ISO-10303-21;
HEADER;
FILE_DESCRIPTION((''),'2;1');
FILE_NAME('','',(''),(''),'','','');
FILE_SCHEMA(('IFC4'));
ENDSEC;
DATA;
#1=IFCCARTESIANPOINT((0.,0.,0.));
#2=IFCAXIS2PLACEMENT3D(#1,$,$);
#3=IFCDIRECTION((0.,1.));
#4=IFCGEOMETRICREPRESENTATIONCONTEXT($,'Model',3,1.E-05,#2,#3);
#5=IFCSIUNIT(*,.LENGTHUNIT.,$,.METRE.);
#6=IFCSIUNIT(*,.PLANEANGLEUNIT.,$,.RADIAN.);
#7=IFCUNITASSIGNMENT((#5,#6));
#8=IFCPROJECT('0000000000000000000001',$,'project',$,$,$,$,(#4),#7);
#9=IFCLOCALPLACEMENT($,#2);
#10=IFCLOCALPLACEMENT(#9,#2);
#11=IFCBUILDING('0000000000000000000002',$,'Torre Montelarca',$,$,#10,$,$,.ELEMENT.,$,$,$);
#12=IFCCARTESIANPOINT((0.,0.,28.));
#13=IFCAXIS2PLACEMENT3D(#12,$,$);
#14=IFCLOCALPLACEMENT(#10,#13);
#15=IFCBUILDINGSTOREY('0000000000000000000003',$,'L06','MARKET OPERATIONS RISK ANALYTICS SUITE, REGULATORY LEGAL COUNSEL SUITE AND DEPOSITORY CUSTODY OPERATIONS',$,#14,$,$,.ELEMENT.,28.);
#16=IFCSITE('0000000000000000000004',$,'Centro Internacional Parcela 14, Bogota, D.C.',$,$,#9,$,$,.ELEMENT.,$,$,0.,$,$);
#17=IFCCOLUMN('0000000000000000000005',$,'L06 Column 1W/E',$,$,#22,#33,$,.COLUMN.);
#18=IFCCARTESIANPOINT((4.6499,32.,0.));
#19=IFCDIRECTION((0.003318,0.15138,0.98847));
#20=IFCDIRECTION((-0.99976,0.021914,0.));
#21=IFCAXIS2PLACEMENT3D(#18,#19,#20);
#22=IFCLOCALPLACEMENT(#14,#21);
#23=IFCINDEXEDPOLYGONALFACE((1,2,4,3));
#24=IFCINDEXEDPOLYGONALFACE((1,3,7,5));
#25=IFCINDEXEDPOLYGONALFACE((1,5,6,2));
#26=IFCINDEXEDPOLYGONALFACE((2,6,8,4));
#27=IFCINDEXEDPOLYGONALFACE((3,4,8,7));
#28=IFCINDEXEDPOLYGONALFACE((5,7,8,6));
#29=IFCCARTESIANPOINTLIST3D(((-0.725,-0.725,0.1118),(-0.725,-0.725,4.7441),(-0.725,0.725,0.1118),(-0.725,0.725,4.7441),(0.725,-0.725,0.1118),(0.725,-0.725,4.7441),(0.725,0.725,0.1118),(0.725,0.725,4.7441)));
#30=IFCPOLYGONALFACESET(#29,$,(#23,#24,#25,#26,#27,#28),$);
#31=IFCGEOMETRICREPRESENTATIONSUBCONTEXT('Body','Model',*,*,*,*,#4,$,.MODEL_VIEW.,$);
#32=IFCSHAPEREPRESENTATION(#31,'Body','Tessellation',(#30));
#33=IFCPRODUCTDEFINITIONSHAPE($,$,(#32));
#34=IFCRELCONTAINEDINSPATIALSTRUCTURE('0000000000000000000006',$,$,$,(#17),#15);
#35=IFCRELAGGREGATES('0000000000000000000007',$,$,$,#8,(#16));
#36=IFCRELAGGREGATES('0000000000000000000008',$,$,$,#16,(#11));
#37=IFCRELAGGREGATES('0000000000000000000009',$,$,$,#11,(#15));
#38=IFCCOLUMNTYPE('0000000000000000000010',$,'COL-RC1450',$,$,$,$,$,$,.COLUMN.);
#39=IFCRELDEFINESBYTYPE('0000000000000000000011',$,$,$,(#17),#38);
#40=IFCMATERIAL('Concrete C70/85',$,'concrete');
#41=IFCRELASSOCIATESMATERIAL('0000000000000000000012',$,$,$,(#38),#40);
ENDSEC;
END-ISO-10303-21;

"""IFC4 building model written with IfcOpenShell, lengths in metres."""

from ifc_helpers import new_model, si_unit, direction, frame, origin, origin_2d, place, context, subcontext, project, spatial, rectangle, extrude, clip, halfspace, material, material_profile, profile_set, type_object, element, save


model = new_model("IFC4")

# Units and contexts
model_context = context("Model", 3, precision=1e-05, world=origin(), true_north=direction((0.0, 1.0)))
body_context = subcontext(model_context, "Body", "Model", "MODEL_VIEW")
ifc_project = project(units=[si_unit("LENGTHUNIT", "METRE"), si_unit("PLANEANGLEUNIT", "RADIAN")], contexts=[model_context])

# Site, building, storey
site_placement = place(None, origin())
site = spatial("IfcSite", under=ifc_project, at=site_placement, Name="Centro Internacional Parcela 14, Bogota, D.C.", CompositionType="ELEMENT", RefElevation=0.0)
building_placement = place(site_placement, origin())
building = spatial("IfcBuilding", under=site, at=building_placement, Name="Torre Montelarca", CompositionType="ELEMENT")
storey_placement = place(building_placement, frame((0.0, 0.0, 28.0)))
storey = spatial("IfcBuildingStorey", under=building, at=storey_placement, Name="L06", Description="MARKET OPERATIONS RISK ANALYTICS SUITE, REGULATORY LEGAL COUNSEL SUITE AND DEPOSITORY CUSTODY OPERATIONS", CompositionType="ELEMENT", Elevation=28.0)

# Column
ifc_material_1 = material(Name="Concrete C70/85", Category="concrete")
ifc_material_profile_1 = material_profile(ifc_material_1, rectangle(XDim=1.45, YDim=1.45, at=origin_2d()), Name="RC1450X1450", Category="concrete")
ifc_profile_set_1 = profile_set([ifc_material_profile_1], Name="Concrete C70/85")
column_type_1 = type_object("IfcColumnType", Name="COL-RC1450", PredefinedType="COLUMN", material=ifc_profile_set_1)
column_1_placement = place(storey_placement, frame((4.6499, 32.0, 0.0), z_axis=(0.003318, 0.15138, 0.98847), x_axis=(-0.99976, 0.021914, 0.0)))
element("IfcColumn", 1, at=column_1_placement, inside=storey, type_object=column_type_1, Name="L06 Column 1W/E", PredefinedType="COLUMN", context=body_context, shape_type="Clipping", body=[
    clip(clip(extrude(rectangle(XDim=1.45, YDim=1.45, at=origin_2d()), origin(), (0.0, 0.0, 1.0), 4.856), halfspace(frame((0.0, 0.0, 0.1118), z_axis=(0.0, 0.0, -1.0), x_axis=(1.0, 0.0, 0.0)), False)), halfspace(frame((0.0, 0.0, 4.7441), z_axis=(0.0, 0.0, 1.0), x_axis=(1.0, 0.0, 0.0)), False)),
])

save(model, "model.ifc")
